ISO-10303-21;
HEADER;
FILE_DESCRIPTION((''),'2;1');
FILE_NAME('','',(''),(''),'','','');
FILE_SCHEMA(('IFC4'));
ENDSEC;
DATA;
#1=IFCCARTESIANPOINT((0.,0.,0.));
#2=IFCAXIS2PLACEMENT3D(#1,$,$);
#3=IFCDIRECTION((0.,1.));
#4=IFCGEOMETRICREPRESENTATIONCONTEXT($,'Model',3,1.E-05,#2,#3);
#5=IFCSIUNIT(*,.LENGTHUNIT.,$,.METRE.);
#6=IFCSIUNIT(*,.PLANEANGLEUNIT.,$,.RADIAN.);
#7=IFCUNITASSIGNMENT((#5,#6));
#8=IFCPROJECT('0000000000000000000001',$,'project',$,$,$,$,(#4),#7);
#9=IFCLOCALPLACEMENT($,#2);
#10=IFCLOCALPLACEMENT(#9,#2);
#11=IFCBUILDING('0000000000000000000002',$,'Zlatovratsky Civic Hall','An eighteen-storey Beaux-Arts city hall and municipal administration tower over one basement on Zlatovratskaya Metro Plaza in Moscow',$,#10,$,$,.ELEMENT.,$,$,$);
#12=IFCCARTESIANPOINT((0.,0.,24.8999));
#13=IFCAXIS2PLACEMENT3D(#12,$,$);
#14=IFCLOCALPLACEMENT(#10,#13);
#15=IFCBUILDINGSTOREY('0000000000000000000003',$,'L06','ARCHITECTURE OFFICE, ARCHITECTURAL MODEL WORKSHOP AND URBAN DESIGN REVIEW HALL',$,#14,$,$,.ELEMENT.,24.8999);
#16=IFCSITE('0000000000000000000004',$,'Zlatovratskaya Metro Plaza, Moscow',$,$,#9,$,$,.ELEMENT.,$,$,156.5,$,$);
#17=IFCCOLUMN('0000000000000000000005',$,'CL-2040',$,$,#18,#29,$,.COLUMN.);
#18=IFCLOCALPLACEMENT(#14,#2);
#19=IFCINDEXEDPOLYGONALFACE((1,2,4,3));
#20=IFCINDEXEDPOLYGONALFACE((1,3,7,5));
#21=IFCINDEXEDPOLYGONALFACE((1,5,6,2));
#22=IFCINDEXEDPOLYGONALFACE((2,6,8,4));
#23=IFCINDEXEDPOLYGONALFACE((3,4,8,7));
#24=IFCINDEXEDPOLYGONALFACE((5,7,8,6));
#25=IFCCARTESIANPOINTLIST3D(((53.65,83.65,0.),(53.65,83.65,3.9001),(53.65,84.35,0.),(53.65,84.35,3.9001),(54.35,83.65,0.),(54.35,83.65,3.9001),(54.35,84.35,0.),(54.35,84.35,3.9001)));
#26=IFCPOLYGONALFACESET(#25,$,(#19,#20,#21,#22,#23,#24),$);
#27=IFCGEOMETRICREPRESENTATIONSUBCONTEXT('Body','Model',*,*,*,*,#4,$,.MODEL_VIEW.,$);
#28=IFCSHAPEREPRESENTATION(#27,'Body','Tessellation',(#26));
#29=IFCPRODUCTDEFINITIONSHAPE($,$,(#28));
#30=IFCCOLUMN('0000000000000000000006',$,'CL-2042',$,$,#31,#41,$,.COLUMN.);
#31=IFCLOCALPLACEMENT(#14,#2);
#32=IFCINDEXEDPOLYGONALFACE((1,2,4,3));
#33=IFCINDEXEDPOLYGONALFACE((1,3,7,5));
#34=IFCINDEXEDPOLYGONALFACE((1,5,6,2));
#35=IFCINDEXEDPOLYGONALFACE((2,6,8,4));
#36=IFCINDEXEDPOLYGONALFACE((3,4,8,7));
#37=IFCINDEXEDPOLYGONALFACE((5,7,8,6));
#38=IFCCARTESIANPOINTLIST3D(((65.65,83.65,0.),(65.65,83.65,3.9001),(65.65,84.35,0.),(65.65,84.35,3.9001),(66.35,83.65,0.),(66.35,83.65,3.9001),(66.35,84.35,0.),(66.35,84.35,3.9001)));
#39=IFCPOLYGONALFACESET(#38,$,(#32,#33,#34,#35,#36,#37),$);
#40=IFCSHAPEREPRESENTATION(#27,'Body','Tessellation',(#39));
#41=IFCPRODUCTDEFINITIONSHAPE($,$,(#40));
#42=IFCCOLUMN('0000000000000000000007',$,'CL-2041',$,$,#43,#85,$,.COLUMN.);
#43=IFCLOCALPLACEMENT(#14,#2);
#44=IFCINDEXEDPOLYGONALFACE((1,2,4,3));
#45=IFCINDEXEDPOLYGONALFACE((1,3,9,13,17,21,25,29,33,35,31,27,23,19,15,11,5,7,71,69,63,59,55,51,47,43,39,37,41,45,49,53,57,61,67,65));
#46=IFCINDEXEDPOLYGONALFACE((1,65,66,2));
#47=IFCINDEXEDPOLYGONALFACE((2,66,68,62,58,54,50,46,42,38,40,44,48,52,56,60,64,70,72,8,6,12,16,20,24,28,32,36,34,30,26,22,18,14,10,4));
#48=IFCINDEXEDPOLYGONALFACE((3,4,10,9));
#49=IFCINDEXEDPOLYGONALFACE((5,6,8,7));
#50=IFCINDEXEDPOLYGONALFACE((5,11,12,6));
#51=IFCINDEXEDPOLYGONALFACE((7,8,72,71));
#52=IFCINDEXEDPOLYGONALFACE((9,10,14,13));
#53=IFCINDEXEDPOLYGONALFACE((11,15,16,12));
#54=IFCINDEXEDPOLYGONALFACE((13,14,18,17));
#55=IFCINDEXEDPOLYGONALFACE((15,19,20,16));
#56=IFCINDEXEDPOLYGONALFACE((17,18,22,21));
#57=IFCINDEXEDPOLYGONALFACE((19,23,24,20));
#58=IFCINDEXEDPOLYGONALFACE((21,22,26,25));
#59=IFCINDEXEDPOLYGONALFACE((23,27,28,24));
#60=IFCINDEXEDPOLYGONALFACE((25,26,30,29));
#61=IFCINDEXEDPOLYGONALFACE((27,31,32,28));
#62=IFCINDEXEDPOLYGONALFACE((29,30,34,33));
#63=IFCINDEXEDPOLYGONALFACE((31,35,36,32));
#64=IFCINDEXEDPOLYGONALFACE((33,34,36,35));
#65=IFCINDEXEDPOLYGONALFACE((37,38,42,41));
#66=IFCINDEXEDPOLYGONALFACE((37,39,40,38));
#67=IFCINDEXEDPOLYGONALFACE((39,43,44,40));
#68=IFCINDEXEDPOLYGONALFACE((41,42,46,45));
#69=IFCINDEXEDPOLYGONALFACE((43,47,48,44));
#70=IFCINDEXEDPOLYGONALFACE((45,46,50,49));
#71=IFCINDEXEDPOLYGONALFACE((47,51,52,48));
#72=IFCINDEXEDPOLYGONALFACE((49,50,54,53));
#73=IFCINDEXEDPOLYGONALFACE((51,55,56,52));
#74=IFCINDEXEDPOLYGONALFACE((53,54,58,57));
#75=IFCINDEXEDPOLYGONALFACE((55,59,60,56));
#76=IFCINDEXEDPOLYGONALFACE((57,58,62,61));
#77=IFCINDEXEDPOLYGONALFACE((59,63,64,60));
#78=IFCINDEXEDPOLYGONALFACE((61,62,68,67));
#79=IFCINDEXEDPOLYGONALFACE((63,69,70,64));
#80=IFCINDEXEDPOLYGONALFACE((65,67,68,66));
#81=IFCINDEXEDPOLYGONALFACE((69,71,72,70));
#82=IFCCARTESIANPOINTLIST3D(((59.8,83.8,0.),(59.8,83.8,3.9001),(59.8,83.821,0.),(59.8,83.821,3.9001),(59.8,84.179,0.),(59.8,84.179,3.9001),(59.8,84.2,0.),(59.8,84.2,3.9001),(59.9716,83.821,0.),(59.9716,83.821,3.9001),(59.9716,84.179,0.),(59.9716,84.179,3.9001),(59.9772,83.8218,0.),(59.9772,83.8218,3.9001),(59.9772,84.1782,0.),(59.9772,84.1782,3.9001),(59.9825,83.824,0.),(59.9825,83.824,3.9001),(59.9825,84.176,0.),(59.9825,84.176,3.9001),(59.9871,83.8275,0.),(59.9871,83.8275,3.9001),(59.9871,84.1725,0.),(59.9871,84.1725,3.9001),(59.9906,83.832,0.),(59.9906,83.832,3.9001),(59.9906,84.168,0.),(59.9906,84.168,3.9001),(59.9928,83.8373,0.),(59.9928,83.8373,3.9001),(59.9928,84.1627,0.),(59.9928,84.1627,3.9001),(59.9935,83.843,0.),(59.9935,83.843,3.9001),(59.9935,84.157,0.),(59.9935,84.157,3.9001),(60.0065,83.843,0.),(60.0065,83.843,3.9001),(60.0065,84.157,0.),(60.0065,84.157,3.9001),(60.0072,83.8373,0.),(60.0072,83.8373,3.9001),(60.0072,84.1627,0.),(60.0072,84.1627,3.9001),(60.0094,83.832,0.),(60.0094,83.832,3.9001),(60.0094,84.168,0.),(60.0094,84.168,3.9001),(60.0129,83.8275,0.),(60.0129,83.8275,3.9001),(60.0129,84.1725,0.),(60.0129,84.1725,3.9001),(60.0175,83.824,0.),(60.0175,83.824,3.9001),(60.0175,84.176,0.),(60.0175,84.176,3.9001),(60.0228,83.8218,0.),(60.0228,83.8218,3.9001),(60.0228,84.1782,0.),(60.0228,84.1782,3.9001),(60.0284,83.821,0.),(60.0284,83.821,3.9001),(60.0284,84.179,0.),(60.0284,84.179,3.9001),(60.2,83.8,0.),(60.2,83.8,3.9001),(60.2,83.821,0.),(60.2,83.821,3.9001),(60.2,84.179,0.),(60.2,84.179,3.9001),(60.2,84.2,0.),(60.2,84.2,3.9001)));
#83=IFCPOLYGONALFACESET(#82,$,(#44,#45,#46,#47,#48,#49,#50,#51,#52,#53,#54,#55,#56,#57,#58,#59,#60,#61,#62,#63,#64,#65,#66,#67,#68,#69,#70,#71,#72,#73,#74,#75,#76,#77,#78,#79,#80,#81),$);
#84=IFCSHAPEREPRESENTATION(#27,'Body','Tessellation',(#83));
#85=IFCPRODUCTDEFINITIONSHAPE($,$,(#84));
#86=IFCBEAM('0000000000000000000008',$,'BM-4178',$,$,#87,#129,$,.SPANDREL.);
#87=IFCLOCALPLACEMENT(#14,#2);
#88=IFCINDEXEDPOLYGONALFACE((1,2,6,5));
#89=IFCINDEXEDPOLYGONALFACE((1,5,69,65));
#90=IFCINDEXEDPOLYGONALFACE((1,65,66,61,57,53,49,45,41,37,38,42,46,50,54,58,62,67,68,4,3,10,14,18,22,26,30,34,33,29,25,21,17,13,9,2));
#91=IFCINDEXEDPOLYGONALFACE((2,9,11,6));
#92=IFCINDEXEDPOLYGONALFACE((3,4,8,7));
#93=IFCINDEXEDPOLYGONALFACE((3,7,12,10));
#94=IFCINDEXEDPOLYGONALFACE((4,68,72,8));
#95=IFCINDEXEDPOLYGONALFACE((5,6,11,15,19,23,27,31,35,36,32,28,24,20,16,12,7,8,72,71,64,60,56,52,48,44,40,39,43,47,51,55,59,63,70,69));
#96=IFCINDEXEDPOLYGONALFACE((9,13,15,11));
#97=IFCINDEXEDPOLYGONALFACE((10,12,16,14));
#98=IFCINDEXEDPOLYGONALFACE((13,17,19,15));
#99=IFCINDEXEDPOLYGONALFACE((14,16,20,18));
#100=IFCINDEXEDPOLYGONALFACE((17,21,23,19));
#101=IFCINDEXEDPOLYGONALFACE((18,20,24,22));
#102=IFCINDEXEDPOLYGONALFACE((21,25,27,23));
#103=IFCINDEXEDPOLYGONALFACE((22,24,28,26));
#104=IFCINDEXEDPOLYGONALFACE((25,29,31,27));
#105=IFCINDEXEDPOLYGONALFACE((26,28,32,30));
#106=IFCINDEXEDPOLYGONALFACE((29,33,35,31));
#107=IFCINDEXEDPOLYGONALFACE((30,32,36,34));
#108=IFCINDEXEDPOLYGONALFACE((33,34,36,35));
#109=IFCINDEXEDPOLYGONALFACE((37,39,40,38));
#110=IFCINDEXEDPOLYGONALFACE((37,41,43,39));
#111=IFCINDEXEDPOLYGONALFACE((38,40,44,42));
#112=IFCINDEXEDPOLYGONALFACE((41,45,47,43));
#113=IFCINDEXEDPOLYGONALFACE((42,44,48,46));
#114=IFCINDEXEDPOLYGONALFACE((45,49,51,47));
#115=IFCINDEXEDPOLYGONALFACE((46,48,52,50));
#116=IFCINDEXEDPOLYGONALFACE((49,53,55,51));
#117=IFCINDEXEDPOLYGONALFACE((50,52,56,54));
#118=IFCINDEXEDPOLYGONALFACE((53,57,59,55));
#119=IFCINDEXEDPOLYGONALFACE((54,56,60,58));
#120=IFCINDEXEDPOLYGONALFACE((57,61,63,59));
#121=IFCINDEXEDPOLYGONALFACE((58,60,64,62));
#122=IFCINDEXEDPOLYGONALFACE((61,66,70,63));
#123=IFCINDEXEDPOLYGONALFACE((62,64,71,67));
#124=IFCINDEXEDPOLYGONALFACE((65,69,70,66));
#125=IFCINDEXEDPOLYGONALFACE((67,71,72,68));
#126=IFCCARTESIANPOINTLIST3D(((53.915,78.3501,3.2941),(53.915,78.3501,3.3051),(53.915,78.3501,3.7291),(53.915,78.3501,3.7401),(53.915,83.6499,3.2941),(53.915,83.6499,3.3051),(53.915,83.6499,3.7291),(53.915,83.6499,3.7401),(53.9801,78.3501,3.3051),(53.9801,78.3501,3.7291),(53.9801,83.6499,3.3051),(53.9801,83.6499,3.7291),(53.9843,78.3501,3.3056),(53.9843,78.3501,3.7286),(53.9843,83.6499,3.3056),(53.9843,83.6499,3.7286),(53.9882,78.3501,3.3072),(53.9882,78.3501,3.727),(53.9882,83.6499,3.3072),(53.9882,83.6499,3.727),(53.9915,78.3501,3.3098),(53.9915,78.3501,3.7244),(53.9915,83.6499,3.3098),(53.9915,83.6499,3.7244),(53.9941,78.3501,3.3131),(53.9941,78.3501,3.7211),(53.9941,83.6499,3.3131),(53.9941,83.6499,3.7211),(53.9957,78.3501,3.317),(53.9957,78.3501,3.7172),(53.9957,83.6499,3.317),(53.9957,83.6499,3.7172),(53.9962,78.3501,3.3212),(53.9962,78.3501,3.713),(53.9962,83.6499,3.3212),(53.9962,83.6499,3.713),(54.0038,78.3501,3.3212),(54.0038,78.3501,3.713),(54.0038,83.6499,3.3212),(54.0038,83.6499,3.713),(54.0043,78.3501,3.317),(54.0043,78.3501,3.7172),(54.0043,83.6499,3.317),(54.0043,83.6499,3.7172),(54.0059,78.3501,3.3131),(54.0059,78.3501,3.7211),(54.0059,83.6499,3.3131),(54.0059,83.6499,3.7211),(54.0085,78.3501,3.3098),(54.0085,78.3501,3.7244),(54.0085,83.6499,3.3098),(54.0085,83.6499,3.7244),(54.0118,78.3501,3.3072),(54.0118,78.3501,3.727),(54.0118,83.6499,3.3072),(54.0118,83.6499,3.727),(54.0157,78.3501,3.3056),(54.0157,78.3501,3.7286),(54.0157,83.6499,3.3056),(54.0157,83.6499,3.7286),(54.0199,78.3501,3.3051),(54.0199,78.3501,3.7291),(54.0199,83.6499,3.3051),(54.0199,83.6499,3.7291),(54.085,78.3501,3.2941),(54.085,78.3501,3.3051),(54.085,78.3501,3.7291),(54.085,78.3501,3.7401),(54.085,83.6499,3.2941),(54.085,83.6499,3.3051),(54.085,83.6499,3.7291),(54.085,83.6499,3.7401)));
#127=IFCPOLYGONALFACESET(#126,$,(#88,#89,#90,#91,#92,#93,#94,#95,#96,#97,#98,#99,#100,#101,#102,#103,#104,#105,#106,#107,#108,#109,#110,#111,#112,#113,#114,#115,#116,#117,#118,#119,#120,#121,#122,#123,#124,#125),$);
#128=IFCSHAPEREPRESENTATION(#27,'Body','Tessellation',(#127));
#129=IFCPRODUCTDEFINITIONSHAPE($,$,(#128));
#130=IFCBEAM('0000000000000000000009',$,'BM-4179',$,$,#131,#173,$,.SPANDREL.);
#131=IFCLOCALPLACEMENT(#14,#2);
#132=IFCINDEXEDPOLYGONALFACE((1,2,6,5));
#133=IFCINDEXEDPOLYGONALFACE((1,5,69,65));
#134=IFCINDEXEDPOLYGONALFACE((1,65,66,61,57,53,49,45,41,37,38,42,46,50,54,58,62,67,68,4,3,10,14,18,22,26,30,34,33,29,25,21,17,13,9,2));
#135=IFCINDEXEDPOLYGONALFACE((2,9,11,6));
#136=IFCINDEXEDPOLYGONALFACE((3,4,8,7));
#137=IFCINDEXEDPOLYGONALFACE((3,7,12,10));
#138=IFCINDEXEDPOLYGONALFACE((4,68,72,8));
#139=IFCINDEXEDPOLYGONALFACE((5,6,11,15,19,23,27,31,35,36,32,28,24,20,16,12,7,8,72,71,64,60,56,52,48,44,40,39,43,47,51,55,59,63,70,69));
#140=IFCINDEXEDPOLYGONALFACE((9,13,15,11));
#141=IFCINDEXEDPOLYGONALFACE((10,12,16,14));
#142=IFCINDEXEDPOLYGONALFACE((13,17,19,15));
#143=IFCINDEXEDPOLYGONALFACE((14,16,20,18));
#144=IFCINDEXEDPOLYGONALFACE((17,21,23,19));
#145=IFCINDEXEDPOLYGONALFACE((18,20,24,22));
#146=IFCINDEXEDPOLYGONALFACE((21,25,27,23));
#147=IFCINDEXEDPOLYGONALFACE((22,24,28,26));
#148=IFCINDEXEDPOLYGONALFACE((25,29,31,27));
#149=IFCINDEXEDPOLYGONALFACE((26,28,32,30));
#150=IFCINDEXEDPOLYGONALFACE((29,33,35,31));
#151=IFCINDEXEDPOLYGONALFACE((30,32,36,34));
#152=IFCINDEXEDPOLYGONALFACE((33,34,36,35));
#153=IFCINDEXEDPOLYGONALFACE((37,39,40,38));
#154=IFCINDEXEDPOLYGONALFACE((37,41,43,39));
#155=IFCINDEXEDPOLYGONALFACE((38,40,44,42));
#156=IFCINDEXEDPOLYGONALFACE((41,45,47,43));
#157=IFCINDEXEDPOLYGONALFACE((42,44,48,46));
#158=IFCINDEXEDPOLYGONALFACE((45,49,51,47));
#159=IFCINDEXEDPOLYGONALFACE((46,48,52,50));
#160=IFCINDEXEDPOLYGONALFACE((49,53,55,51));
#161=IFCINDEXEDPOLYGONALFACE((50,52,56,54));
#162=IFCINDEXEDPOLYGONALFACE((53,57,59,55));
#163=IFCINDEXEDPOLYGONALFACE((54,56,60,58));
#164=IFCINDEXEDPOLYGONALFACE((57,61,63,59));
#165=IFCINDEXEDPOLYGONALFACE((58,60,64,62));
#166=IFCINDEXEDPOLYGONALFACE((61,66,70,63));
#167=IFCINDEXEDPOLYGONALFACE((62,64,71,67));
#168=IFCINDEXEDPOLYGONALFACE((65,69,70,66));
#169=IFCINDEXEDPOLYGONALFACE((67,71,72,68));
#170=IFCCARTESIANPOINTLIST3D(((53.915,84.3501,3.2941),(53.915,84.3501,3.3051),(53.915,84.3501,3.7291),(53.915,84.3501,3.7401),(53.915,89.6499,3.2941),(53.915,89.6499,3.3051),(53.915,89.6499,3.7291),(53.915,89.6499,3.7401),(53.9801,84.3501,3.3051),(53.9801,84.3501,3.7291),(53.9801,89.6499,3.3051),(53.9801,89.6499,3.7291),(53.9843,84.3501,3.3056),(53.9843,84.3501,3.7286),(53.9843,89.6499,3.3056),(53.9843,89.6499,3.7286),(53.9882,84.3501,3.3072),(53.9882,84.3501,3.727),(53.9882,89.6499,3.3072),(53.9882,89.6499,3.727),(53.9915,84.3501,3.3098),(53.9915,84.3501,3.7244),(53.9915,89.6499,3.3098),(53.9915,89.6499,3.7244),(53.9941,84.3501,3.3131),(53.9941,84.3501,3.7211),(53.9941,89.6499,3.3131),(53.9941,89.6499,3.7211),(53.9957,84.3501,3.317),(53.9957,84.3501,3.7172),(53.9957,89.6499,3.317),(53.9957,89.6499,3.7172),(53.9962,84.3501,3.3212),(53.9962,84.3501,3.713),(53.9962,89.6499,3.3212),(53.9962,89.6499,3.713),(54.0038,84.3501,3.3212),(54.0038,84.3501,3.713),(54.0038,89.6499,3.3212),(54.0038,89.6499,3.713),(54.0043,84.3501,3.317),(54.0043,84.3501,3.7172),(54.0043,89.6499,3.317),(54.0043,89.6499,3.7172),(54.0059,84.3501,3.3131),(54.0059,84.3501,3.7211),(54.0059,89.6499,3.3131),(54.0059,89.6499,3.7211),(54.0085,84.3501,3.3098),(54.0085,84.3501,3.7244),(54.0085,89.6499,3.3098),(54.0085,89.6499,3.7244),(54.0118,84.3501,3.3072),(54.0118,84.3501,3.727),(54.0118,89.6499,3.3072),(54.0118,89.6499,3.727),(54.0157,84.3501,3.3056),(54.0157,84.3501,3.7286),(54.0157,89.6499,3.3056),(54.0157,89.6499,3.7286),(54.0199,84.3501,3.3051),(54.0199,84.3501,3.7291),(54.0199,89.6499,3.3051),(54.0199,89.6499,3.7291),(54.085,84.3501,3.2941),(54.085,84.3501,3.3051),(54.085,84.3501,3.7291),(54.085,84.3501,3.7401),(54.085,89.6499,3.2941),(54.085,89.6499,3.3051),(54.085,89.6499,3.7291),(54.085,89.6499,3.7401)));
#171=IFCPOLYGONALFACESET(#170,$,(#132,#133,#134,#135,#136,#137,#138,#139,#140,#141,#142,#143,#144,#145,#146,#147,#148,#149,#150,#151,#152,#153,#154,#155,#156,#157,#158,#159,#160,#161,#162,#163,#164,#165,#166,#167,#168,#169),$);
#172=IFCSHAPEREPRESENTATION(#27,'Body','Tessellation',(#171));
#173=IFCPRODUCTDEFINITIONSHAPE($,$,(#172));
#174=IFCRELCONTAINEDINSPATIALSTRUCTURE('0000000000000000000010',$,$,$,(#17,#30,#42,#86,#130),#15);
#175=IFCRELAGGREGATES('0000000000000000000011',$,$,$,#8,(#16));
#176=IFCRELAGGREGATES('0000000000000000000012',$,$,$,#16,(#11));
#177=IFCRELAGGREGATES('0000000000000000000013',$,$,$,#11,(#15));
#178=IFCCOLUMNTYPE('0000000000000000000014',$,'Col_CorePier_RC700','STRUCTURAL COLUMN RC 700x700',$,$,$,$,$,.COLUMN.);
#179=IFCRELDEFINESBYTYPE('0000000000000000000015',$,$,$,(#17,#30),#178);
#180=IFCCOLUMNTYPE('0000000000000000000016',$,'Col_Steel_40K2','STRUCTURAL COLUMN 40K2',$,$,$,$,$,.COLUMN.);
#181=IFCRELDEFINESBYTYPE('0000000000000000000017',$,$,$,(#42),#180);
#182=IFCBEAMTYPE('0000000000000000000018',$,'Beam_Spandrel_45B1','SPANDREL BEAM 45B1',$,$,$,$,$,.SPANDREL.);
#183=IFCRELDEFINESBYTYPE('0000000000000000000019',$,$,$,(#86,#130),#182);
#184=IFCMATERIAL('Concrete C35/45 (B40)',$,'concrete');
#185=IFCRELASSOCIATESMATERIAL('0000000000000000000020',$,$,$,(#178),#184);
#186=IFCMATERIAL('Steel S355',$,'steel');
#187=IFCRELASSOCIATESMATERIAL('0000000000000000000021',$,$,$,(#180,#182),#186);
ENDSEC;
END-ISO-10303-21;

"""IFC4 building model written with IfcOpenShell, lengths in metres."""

from ifc_helpers import new_model, si_unit, direction, frame, origin, origin_2d, place, context, subcontext, project, spatial, rectangle, i_section, extrude, material, material_profile, profile_set, type_object, element, save


model = new_model("IFC4")

# Units and contexts
model_context = context("Model", 3, precision=1e-05, world=origin(), true_north=direction((0.0, 1.0)))
body_context = subcontext(model_context, "Body", "Model", "MODEL_VIEW")
ifc_project = project(units=[si_unit("LENGTHUNIT", "METRE"), si_unit("PLANEANGLEUNIT", "RADIAN")], contexts=[model_context])

# Site, building, storey
site_placement = place(None, origin())
site = spatial("IfcSite", under=ifc_project, at=site_placement, Name="Zlatovratskaya Metro Plaza, Moscow", CompositionType="ELEMENT", RefElevation=156.5)
building_placement = place(site_placement, origin())
building = spatial("IfcBuilding", under=site, at=building_placement, Name="Zlatovratsky Civic Hall", Description="An eighteen-storey Beaux-Arts city hall and municipal administration tower over one basement on Zlatovratskaya Metro Plaza in Moscow", CompositionType="ELEMENT")
storey_placement = place(building_placement, frame((0.0, 0.0, 24.8999)))
storey = spatial("IfcBuildingStorey", under=building, at=storey_placement, Name="L06", Description="ARCHITECTURE OFFICE, ARCHITECTURAL MODEL WORKSHOP AND URBAN DESIGN REVIEW HALL", CompositionType="ELEMENT", Elevation=24.8999)

# Columns
ifc_material_1 = material(Name="Concrete C35/45 (B40)", Category="concrete")
ifc_material_profile_1 = material_profile(ifc_material_1, rectangle(XDim=0.7, YDim=0.7, at=origin_2d()), Name="RC 700x700")
ifc_profile_set_1 = profile_set([ifc_material_profile_1], Name="Concrete C35/45 (B40)")
column_type_1 = type_object("IfcColumnType", Name="Col_CorePier_RC700", Description="STRUCTURAL COLUMN RC 700x700", PredefinedType="COLUMN", material=ifc_profile_set_1)
for number, where, z_axis, x_axis, name in (
    (1, (54.0, 84.0, 0.0), (0.0, 0.0, 1.0), (1.0, 0.0, 0.0), "CL-2040"),
    (2, (66.0, 84.0, 0.0), (0.0, 0.0, 1.0), (1.0, 0.0, 0.0), "CL-2042"),
):
    element("IfcColumn", number, at=place(storey_placement, frame(where, z_axis=z_axis, x_axis=x_axis)), inside=storey, type_object=column_type_1, Name=name, PredefinedType="COLUMN", context=body_context, shape_type="SweptSolid", body=[
        extrude(rectangle(XDim=0.7, YDim=0.7, at=origin_2d()), origin(), (0.0, 0.0, 1.0), 3.9001),
    ])
ifc_material_2 = material(Name="Steel S355", Category="steel")
ifc_material_profile_2 = material_profile(ifc_material_2, i_section(OverallWidth=0.3999, OverallDepth=0.3999, WebThickness=0.0129, FlangeThickness=0.021, FilletRadius=0.022, at=origin_2d()), Name="40K2")
ifc_profile_set_2 = profile_set([ifc_material_profile_2], Name="Steel S355")
column_type_2 = type_object("IfcColumnType", Name="Col_Steel_40K2", Description="STRUCTURAL COLUMN 40K2", PredefinedType="COLUMN", material=ifc_profile_set_2)
column_placement = place(storey_placement, frame((60.0, 84.0, 0.0), z_axis=(0.0, 0.0, 1.0), x_axis=(1.0, 0.0, 0.0)))
element("IfcColumn", 3, at=column_placement, inside=storey, type_object=column_type_2, Name="CL-2041", PredefinedType="COLUMN", context=body_context, shape_type="SweptSolid", body=[
    extrude(i_section(OverallWidth=0.3999, OverallDepth=0.3999, WebThickness=0.0129, FlangeThickness=0.021, FilletRadius=0.022, at=origin_2d()), origin(), (0.0, 0.0, 1.0), 3.9001),
])

# Beams
ifc_material_profile_3 = material_profile(ifc_material_2, i_section(OverallWidth=0.1699, OverallDepth=0.446, WebThickness=0.0076, FlangeThickness=0.011, FilletRadius=0.0161, at=origin_2d()), Name="45B1")
ifc_profile_set_3 = profile_set([ifc_material_profile_3], Name="Steel S355")
beam_type_1 = type_object("IfcBeamType", Name="Beam_Spandrel_45B1", Description="SPANDREL BEAM 45B1", PredefinedType="SPANDREL", material=ifc_profile_set_3)
for number, where, z_axis, x_axis, name in (
    (4, (54.0, 78.3501, 3.5171), (0.0, 1.0, 0.0), (-1.0, 0.0, 0.0), "BM-4178"),
    (5, (54.0, 84.3501, 3.5171), (0.0, 1.0, 0.0), (-1.0, 0.0, 0.0), "BM-4179"),
):
    element("IfcBeam", number, at=place(storey_placement, frame(where, z_axis=z_axis, x_axis=x_axis)), inside=storey, type_object=beam_type_1, Name=name, PredefinedType="SPANDREL", context=body_context, shape_type="SweptSolid", body=[
        extrude(i_section(OverallWidth=0.1699, OverallDepth=0.446, WebThickness=0.0076, FlangeThickness=0.011, FilletRadius=0.0161, at=origin_2d()), origin(), (0.0, 0.0, 1.0), 5.2998),
    ])

save(model, "model.ifc")
